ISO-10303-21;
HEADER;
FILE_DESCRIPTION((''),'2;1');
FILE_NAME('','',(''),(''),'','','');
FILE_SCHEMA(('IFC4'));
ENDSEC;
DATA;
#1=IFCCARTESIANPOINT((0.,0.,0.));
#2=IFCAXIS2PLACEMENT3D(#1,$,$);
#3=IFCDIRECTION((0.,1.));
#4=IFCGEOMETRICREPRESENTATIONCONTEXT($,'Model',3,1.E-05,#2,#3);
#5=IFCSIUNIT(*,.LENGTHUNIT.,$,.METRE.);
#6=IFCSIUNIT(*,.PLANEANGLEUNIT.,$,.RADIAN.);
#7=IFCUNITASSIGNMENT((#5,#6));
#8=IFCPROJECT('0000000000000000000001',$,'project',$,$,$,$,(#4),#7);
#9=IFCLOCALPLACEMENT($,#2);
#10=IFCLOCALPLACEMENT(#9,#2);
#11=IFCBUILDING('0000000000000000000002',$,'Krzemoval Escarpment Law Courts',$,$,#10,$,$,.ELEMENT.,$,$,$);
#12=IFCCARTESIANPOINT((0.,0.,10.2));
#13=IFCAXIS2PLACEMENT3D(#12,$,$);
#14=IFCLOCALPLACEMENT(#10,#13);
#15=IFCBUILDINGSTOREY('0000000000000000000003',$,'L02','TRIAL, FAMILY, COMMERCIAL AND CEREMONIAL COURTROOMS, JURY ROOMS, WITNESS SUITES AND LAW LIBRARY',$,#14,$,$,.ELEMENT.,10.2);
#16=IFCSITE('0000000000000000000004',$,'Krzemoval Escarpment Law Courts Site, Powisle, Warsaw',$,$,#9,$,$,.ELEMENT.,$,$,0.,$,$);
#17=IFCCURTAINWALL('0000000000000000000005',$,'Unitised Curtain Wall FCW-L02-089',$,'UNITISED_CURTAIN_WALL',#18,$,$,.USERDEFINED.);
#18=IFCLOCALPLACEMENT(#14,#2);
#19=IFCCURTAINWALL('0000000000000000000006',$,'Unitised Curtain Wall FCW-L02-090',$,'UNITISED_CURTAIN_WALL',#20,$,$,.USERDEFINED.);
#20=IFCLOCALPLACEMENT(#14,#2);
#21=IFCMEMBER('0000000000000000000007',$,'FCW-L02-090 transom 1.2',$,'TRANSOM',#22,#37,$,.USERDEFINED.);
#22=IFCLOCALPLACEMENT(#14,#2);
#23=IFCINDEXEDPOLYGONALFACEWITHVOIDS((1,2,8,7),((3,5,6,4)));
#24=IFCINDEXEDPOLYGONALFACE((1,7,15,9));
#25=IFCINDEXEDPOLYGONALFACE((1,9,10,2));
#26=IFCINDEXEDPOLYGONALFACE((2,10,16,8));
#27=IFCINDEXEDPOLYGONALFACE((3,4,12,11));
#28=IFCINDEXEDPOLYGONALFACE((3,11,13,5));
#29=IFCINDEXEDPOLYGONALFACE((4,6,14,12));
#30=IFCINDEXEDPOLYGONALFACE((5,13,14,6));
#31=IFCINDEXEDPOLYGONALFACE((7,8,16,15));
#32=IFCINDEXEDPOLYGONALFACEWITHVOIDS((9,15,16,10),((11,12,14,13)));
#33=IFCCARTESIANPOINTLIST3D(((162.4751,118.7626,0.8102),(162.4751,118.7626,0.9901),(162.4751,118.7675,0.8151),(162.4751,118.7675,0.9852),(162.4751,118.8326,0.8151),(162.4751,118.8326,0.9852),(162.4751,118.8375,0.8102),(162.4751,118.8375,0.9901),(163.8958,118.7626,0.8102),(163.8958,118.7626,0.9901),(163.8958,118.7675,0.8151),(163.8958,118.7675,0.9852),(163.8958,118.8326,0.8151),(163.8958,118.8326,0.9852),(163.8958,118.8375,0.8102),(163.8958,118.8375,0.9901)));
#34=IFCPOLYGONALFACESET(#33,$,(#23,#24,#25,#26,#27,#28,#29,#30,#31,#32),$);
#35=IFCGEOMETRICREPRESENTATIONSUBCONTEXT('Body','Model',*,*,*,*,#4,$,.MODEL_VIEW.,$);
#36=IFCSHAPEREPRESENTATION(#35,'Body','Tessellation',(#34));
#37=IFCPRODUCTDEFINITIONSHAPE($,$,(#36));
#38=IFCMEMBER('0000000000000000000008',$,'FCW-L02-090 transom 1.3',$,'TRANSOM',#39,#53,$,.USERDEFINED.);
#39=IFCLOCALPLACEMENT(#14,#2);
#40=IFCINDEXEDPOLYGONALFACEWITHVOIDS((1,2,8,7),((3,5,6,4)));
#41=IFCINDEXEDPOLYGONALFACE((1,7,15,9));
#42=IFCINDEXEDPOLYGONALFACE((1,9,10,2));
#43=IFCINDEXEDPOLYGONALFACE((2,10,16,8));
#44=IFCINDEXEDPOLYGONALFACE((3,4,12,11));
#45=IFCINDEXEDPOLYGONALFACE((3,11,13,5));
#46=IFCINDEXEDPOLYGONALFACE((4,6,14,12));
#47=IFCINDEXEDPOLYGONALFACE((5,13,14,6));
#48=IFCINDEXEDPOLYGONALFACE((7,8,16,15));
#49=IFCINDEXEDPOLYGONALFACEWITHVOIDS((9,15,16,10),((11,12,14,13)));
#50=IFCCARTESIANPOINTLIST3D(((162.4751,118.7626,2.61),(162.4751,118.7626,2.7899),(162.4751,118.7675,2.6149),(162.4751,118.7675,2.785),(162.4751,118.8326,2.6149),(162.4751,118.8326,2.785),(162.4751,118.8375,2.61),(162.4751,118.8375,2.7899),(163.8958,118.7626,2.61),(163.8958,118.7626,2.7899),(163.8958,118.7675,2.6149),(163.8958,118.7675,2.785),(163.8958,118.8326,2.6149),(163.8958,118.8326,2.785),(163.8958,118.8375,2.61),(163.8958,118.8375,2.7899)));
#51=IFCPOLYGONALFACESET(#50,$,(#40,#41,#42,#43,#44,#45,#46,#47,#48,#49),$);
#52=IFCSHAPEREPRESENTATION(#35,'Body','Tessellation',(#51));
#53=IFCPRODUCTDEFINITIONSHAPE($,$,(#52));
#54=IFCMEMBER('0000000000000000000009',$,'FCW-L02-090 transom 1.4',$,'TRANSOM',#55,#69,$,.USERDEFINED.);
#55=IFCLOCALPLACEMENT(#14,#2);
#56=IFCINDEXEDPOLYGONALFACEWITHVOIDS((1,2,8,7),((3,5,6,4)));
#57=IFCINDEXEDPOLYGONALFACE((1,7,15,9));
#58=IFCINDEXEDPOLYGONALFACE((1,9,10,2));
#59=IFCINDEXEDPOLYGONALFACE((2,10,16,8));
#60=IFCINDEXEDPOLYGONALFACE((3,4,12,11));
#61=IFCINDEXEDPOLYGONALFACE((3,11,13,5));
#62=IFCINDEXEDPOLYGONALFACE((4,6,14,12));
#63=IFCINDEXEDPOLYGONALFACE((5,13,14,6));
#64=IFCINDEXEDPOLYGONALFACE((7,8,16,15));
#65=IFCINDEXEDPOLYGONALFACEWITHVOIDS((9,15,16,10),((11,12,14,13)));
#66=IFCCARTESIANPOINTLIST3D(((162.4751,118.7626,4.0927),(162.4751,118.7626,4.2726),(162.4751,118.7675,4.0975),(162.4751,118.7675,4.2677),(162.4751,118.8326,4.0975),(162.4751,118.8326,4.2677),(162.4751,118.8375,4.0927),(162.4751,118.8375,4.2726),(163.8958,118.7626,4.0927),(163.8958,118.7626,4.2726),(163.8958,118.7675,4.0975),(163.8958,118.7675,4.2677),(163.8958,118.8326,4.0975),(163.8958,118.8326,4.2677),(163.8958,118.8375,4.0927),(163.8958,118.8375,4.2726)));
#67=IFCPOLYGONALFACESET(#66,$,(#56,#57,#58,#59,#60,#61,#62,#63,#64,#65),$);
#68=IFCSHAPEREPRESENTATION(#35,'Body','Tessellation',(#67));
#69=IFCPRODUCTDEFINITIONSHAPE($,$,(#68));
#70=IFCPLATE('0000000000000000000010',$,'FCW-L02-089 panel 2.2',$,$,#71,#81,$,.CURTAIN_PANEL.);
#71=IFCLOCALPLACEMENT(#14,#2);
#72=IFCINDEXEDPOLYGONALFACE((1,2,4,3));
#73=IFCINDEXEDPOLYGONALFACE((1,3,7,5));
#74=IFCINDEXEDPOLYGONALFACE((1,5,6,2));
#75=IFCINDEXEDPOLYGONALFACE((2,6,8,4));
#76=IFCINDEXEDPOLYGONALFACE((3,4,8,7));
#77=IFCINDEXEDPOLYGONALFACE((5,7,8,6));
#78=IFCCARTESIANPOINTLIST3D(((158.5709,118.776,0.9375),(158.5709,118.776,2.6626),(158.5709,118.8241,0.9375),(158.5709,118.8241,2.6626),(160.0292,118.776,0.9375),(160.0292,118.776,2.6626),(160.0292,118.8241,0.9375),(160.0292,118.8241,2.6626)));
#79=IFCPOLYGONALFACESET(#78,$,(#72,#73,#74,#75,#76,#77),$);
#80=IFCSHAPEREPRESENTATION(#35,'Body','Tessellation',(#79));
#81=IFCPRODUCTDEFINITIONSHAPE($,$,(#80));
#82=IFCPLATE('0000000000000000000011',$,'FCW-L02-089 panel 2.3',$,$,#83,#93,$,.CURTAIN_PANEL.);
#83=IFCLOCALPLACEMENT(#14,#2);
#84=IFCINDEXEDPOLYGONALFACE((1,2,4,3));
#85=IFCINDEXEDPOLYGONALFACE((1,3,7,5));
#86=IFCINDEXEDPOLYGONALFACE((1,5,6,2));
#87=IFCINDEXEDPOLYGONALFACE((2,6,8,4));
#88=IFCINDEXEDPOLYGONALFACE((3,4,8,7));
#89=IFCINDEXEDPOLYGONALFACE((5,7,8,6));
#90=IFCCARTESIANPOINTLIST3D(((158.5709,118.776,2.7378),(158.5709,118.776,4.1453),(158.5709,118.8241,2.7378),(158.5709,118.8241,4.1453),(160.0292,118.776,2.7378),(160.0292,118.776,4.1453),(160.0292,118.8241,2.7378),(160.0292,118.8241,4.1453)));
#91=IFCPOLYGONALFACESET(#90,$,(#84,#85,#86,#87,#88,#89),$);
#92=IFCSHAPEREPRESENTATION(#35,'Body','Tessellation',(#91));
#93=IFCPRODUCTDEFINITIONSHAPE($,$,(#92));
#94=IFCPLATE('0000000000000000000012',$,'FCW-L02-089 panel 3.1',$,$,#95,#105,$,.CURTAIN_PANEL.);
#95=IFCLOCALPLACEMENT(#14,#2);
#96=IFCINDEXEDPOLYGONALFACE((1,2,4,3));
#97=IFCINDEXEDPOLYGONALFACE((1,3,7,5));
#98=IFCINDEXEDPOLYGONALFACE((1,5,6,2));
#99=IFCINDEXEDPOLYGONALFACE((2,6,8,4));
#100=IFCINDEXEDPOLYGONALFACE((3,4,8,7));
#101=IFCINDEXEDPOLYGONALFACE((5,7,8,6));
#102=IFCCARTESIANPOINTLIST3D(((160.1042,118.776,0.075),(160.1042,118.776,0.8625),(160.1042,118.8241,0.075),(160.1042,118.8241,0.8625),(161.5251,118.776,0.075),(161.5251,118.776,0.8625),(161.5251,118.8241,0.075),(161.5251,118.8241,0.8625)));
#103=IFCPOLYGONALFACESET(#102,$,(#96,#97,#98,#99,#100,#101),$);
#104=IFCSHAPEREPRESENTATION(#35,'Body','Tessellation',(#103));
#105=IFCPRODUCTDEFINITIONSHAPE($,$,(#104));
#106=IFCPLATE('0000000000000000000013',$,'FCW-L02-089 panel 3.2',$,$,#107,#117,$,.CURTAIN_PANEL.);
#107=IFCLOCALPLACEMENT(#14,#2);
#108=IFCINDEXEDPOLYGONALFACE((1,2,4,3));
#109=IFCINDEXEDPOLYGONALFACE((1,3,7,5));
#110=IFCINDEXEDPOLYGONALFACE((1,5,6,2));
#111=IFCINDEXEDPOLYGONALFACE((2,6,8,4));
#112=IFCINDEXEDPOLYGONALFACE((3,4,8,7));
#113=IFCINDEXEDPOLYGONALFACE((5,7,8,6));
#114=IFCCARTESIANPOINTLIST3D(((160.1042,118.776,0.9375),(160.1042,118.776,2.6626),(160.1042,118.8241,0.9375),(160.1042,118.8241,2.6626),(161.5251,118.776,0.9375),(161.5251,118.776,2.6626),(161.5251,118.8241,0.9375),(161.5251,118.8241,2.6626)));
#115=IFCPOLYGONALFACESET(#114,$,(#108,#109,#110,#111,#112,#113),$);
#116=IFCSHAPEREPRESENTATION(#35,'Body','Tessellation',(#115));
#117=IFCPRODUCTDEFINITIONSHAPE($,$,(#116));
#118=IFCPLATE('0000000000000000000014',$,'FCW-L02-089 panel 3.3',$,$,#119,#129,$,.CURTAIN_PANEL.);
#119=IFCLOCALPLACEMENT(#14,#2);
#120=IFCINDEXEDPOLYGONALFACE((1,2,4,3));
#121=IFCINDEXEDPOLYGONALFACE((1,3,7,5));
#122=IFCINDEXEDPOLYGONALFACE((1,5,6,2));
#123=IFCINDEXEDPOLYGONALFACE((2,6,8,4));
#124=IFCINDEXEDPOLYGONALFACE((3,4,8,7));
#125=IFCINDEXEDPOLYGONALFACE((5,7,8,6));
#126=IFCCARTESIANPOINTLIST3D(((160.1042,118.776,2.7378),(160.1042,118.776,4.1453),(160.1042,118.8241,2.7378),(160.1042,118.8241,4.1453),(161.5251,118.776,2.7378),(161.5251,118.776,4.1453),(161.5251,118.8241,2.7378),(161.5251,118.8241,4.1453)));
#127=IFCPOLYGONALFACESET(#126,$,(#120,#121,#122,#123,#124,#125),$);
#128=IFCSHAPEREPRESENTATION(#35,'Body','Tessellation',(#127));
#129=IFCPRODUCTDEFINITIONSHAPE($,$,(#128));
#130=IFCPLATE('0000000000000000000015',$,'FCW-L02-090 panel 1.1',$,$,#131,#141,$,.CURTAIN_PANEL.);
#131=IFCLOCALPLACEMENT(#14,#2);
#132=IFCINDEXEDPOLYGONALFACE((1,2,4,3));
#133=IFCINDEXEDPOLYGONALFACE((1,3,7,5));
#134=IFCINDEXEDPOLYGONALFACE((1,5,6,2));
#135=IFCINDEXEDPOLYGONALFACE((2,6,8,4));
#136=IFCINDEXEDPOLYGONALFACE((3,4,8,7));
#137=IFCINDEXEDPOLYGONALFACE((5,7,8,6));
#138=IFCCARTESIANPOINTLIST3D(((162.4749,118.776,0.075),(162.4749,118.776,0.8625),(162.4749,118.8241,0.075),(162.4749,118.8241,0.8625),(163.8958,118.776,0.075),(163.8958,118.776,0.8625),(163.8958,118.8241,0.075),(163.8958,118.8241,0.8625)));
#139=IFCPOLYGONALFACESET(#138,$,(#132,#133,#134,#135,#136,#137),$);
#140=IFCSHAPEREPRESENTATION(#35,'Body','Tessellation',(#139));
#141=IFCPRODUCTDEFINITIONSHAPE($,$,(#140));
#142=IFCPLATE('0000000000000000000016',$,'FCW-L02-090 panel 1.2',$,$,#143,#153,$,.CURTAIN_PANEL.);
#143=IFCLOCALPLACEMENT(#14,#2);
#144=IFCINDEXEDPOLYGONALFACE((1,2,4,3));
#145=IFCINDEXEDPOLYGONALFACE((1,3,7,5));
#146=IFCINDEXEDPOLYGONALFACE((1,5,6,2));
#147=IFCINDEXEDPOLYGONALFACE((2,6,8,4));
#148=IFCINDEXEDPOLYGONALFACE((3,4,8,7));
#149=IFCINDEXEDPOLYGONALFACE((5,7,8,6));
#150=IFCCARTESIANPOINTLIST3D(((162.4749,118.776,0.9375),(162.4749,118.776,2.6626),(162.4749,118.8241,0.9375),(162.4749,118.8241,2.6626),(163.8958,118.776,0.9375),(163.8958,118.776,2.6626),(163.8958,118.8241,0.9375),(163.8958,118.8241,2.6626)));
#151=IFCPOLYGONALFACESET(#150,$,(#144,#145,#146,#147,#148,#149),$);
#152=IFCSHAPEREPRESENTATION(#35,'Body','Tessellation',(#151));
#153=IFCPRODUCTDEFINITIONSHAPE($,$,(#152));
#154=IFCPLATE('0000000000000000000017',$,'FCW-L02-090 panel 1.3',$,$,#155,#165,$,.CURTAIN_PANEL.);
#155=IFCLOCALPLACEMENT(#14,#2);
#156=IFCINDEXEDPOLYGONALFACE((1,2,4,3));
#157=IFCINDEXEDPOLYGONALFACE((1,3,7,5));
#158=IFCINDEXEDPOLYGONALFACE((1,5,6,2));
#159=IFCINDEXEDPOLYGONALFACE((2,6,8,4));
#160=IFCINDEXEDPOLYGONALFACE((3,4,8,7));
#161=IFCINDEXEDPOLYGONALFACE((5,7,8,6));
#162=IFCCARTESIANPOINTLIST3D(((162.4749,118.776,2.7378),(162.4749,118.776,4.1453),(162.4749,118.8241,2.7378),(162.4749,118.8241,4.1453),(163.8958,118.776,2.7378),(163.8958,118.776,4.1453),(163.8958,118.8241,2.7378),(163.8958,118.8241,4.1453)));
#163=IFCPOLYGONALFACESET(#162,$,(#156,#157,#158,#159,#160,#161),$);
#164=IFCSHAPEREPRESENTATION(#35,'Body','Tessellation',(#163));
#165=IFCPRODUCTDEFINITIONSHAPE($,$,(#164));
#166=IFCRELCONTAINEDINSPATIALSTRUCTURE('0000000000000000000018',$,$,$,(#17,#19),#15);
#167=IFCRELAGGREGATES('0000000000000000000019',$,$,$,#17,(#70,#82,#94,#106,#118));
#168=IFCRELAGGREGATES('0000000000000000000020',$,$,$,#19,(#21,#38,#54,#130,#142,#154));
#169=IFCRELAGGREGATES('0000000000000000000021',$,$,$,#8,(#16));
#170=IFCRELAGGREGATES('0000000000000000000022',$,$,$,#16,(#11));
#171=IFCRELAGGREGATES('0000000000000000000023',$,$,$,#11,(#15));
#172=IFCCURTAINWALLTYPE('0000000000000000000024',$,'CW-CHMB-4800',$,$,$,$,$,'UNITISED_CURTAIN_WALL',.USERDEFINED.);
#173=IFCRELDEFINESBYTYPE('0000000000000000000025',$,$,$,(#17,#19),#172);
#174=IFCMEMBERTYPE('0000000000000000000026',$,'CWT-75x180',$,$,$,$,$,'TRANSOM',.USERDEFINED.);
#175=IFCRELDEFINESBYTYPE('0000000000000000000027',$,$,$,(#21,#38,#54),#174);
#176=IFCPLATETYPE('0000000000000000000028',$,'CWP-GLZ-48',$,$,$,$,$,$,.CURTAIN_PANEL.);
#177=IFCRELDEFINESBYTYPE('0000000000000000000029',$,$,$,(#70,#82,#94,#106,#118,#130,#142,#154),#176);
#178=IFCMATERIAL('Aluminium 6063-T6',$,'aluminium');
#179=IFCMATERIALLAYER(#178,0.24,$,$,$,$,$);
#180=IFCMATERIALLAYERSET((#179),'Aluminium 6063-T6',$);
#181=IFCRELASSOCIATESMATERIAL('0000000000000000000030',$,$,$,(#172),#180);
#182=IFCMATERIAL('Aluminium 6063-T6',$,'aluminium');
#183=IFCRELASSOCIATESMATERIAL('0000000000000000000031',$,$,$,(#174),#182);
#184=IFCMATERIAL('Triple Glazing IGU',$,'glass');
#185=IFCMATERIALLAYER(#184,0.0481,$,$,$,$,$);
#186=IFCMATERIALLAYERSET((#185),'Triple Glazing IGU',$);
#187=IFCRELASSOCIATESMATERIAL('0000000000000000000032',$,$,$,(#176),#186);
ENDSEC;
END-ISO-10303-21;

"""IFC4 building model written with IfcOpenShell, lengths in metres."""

from ifc_helpers import new_model, si_unit, direction, frame, origin, origin_2d, place, context, subcontext, project, spatial, rectangle, hollow_rectangle, extrude, material, layer, layer_set, material_profile, profile_set, type_object, element, aggregate, save


model = new_model("IFC4")

# Units and contexts
model_context = context("Model", 3, precision=1e-05, world=origin(), true_north=direction((0.0, 1.0)))
body_context = subcontext(model_context, "Body", "Model", "MODEL_VIEW")
ifc_project = project(units=[si_unit("LENGTHUNIT", "METRE"), si_unit("PLANEANGLEUNIT", "RADIAN")], contexts=[model_context])

# Site, building, storey
site_placement = place(None, origin())
site = spatial("IfcSite", under=ifc_project, at=site_placement, Name="Krzemoval Escarpment Law Courts Site, Powisle, Warsaw", CompositionType="ELEMENT", RefElevation=0.0)
building_placement = place(site_placement, origin())
building = spatial("IfcBuilding", under=site, at=building_placement, Name="Krzemoval Escarpment Law Courts", CompositionType="ELEMENT")
storey_placement = place(building_placement, frame((0.0, 0.0, 10.2)))
storey = spatial("IfcBuildingStorey", under=building, at=storey_placement, Name="L02", Description="TRIAL, FAMILY, COMMERCIAL AND CEREMONIAL COURTROOMS, JURY ROOMS, WITNESS SUITES AND LAW LIBRARY", CompositionType="ELEMENT", Elevation=10.2)

# Curtain walls
ifc_material_1 = material(Name="Aluminium 6063-T6", Category="aluminium")
ifc_layer_1 = layer(ifc_material_1, 0.24)
ifc_layer_set_1 = layer_set([ifc_layer_1], Name="Aluminium 6063-T6")
curtain_wall_type = type_object("IfcCurtainWallType", Name="CW-CHMB-4800", ElementType="UNITISED_CURTAIN_WALL", PredefinedType="USERDEFINED", material=ifc_layer_set_1)
curtain_wall_1_placement = place(storey_placement, origin())
curtain_wall_1 = element("IfcCurtainWall", 1, at=curtain_wall_1_placement, inside=storey, type_object=curtain_wall_type, Name="Unitised Curtain Wall FCW-L02-089", ObjectType="UNITISED_CURTAIN_WALL", PredefinedType="USERDEFINED")
curtain_wall_2_placement = place(storey_placement, origin())
curtain_wall_2 = element("IfcCurtainWall", 2, at=curtain_wall_2_placement, inside=storey, type_object=curtain_wall_type, Name="Unitised Curtain Wall FCW-L02-090", ObjectType="UNITISED_CURTAIN_WALL", PredefinedType="USERDEFINED")

# Members
ifc_material_2 = material(Name="Aluminium 6063-T6", Category="aluminium")
ifc_material_profile_1 = material_profile(ifc_material_2, hollow_rectangle(XDim=0.075, YDim=0.1799, WallThickness=0.0049, at=origin_2d()), Name="ALU T75x180")
ifc_profile_set_1 = profile_set([ifc_material_profile_1], Name="Aluminium 6063-T6")
member_type_1 = type_object("IfcMemberType", Name="CWT-75x180", ElementType="TRANSOM", PredefinedType="USERDEFINED", material=ifc_profile_set_1)
member_1_placement = place(storey_placement, frame((162.4751, 118.8, 0.9001), z_axis=(1.0, 0.0, 0.0), x_axis=(0.0, 1.0, 0.0)))
member_1 = element("IfcMember", 3, at=member_1_placement, type_object=member_type_1, Name="FCW-L02-090 transom 1.2", ObjectType="TRANSOM", PredefinedType="USERDEFINED", context=body_context, shape_type="SweptSolid", body=[
    extrude(hollow_rectangle(XDim=0.075, YDim=0.1799, WallThickness=0.0049, at=origin_2d()), origin(), (0.0, 0.0, 1.0), 1.4207),
])
member_2_placement = place(storey_placement, frame((162.4751, 118.8, 2.7), z_axis=(1.0, 0.0, 0.0), x_axis=(0.0, 1.0, 0.0)))
member_2 = element("IfcMember", 4, at=member_2_placement, type_object=member_type_1, Name="FCW-L02-090 transom 1.3", ObjectType="TRANSOM", PredefinedType="USERDEFINED", context=body_context, shape_type="SweptSolid", body=[
    extrude(hollow_rectangle(XDim=0.075, YDim=0.1799, WallThickness=0.0049, at=origin_2d()), origin(), (0.0, 0.0, 1.0), 1.4207),
])
member_3_placement = place(storey_placement, frame((162.4751, 118.8, 4.1826), z_axis=(1.0, 0.0, 0.0), x_axis=(0.0, 1.0, 0.0)))
member_3 = element("IfcMember", 5, at=member_3_placement, type_object=member_type_1, Name="FCW-L02-090 transom 1.4", ObjectType="TRANSOM", PredefinedType="USERDEFINED", context=body_context, shape_type="SweptSolid", body=[
    extrude(hollow_rectangle(XDim=0.075, YDim=0.1799, WallThickness=0.0049, at=origin_2d()), origin(), (0.0, 0.0, 1.0), 1.4207),
])

# Plates
ifc_material_3 = material(Name="Triple Glazing IGU", Category="glass")
ifc_layer_2 = layer(ifc_material_3, 0.0481)
ifc_layer_set_2 = layer_set([ifc_layer_2], Name="Triple Glazing IGU")
plate_type = type_object("IfcPlateType", Name="CWP-GLZ-48", PredefinedType="CURTAIN_PANEL", material=ifc_layer_set_2)
plate_1_placement = place(storey_placement, frame((159.3, 118.8, 0.9375), z_axis=(0.0, 0.0, 1.0), x_axis=(1.0, 0.0, 0.0)))
plate_1 = element("IfcPlate", 6, at=plate_1_placement, type_object=plate_type, Name="FCW-L02-089 panel 2.2", PredefinedType="CURTAIN_PANEL", context=body_context, shape_type="SweptSolid", body=[
    extrude(rectangle(XDim=1.4583, YDim=0.0481, at=origin_2d()), origin(), (0.0, 0.0, 1.0), 1.7251),
])
plate_2_placement = place(storey_placement, frame((159.3, 118.8, 2.7378), z_axis=(0.0, 0.0, 1.0), x_axis=(1.0, 0.0, 0.0)))
plate_2 = element("IfcPlate", 7, at=plate_2_placement, type_object=plate_type, Name="FCW-L02-089 panel 2.3", PredefinedType="CURTAIN_PANEL", context=body_context, shape_type="SweptSolid", body=[
    extrude(rectangle(XDim=1.4583, YDim=0.0481, at=origin_2d()), origin(), (0.0, 0.0, 1.0), 1.4075),
])
plate_3_placement = place(storey_placement, frame((160.8147, 118.8, 0.075), z_axis=(0.0, 0.0, 1.0), x_axis=(1.0, 0.0, 0.0)))
plate_3 = element("IfcPlate", 8, at=plate_3_placement, type_object=plate_type, Name="FCW-L02-089 panel 3.1", PredefinedType="CURTAIN_PANEL", context=body_context, shape_type="SweptSolid", body=[
    extrude(rectangle(XDim=1.4209, YDim=0.0481, at=origin_2d()), origin(), (0.0, 0.0, 1.0), 0.7876),
])
plate_4_placement = place(storey_placement, frame((160.8147, 118.8, 0.9375), z_axis=(0.0, 0.0, 1.0), x_axis=(1.0, 0.0, 0.0)))
plate_4 = element("IfcPlate", 9, at=plate_4_placement, type_object=plate_type, Name="FCW-L02-089 panel 3.2", PredefinedType="CURTAIN_PANEL", context=body_context, shape_type="SweptSolid", body=[
    extrude(rectangle(XDim=1.4209, YDim=0.0481, at=origin_2d()), origin(), (0.0, 0.0, 1.0), 1.7251),
])
plate_5_placement = place(storey_placement, frame((160.8147, 118.8, 2.7378), z_axis=(0.0, 0.0, 1.0), x_axis=(1.0, 0.0, 0.0)))
plate_5 = element("IfcPlate", 10, at=plate_5_placement, type_object=plate_type, Name="FCW-L02-089 panel 3.3", PredefinedType="CURTAIN_PANEL", context=body_context, shape_type="SweptSolid", body=[
    extrude(rectangle(XDim=1.4209, YDim=0.0481, at=origin_2d()), origin(), (0.0, 0.0, 1.0), 1.4075),
])
aggregate(curtain_wall_1, [plate_1, plate_2, plate_3, plate_4, plate_5])
plate_6_placement = place(storey_placement, frame((163.1853, 118.8, 0.075), z_axis=(0.0, 0.0, 1.0), x_axis=(1.0, 0.0, 0.0)))
plate_6 = element("IfcPlate", 11, at=plate_6_placement, type_object=plate_type, Name="FCW-L02-090 panel 1.1", PredefinedType="CURTAIN_PANEL", context=body_context, shape_type="SweptSolid", body=[
    extrude(rectangle(XDim=1.4209, YDim=0.0481, at=origin_2d()), origin(), (0.0, 0.0, 1.0), 0.7876),
])
plate_7_placement = place(storey_placement, frame((163.1853, 118.8, 0.9375), z_axis=(0.0, 0.0, 1.0), x_axis=(1.0, 0.0, 0.0)))
plate_7 = element("IfcPlate", 12, at=plate_7_placement, type_object=plate_type, Name="FCW-L02-090 panel 1.2", PredefinedType="CURTAIN_PANEL", context=body_context, shape_type="SweptSolid", body=[
    extrude(rectangle(XDim=1.4209, YDim=0.0481, at=origin_2d()), origin(), (0.0, 0.0, 1.0), 1.7251),
])
plate_8_placement = place(storey_placement, frame((163.1853, 118.8, 2.7378), z_axis=(0.0, 0.0, 1.0), x_axis=(1.0, 0.0, 0.0)))
plate_8 = element("IfcPlate", 13, at=plate_8_placement, type_object=plate_type, Name="FCW-L02-090 panel 1.3", PredefinedType="CURTAIN_PANEL", context=body_context, shape_type="SweptSolid", body=[
    extrude(rectangle(XDim=1.4209, YDim=0.0481, at=origin_2d()), origin(), (0.0, 0.0, 1.0), 1.4075),
])
aggregate(curtain_wall_2, [member_1, member_2, member_3, plate_6, plate_7, plate_8])

save(model, "model.ifc")
